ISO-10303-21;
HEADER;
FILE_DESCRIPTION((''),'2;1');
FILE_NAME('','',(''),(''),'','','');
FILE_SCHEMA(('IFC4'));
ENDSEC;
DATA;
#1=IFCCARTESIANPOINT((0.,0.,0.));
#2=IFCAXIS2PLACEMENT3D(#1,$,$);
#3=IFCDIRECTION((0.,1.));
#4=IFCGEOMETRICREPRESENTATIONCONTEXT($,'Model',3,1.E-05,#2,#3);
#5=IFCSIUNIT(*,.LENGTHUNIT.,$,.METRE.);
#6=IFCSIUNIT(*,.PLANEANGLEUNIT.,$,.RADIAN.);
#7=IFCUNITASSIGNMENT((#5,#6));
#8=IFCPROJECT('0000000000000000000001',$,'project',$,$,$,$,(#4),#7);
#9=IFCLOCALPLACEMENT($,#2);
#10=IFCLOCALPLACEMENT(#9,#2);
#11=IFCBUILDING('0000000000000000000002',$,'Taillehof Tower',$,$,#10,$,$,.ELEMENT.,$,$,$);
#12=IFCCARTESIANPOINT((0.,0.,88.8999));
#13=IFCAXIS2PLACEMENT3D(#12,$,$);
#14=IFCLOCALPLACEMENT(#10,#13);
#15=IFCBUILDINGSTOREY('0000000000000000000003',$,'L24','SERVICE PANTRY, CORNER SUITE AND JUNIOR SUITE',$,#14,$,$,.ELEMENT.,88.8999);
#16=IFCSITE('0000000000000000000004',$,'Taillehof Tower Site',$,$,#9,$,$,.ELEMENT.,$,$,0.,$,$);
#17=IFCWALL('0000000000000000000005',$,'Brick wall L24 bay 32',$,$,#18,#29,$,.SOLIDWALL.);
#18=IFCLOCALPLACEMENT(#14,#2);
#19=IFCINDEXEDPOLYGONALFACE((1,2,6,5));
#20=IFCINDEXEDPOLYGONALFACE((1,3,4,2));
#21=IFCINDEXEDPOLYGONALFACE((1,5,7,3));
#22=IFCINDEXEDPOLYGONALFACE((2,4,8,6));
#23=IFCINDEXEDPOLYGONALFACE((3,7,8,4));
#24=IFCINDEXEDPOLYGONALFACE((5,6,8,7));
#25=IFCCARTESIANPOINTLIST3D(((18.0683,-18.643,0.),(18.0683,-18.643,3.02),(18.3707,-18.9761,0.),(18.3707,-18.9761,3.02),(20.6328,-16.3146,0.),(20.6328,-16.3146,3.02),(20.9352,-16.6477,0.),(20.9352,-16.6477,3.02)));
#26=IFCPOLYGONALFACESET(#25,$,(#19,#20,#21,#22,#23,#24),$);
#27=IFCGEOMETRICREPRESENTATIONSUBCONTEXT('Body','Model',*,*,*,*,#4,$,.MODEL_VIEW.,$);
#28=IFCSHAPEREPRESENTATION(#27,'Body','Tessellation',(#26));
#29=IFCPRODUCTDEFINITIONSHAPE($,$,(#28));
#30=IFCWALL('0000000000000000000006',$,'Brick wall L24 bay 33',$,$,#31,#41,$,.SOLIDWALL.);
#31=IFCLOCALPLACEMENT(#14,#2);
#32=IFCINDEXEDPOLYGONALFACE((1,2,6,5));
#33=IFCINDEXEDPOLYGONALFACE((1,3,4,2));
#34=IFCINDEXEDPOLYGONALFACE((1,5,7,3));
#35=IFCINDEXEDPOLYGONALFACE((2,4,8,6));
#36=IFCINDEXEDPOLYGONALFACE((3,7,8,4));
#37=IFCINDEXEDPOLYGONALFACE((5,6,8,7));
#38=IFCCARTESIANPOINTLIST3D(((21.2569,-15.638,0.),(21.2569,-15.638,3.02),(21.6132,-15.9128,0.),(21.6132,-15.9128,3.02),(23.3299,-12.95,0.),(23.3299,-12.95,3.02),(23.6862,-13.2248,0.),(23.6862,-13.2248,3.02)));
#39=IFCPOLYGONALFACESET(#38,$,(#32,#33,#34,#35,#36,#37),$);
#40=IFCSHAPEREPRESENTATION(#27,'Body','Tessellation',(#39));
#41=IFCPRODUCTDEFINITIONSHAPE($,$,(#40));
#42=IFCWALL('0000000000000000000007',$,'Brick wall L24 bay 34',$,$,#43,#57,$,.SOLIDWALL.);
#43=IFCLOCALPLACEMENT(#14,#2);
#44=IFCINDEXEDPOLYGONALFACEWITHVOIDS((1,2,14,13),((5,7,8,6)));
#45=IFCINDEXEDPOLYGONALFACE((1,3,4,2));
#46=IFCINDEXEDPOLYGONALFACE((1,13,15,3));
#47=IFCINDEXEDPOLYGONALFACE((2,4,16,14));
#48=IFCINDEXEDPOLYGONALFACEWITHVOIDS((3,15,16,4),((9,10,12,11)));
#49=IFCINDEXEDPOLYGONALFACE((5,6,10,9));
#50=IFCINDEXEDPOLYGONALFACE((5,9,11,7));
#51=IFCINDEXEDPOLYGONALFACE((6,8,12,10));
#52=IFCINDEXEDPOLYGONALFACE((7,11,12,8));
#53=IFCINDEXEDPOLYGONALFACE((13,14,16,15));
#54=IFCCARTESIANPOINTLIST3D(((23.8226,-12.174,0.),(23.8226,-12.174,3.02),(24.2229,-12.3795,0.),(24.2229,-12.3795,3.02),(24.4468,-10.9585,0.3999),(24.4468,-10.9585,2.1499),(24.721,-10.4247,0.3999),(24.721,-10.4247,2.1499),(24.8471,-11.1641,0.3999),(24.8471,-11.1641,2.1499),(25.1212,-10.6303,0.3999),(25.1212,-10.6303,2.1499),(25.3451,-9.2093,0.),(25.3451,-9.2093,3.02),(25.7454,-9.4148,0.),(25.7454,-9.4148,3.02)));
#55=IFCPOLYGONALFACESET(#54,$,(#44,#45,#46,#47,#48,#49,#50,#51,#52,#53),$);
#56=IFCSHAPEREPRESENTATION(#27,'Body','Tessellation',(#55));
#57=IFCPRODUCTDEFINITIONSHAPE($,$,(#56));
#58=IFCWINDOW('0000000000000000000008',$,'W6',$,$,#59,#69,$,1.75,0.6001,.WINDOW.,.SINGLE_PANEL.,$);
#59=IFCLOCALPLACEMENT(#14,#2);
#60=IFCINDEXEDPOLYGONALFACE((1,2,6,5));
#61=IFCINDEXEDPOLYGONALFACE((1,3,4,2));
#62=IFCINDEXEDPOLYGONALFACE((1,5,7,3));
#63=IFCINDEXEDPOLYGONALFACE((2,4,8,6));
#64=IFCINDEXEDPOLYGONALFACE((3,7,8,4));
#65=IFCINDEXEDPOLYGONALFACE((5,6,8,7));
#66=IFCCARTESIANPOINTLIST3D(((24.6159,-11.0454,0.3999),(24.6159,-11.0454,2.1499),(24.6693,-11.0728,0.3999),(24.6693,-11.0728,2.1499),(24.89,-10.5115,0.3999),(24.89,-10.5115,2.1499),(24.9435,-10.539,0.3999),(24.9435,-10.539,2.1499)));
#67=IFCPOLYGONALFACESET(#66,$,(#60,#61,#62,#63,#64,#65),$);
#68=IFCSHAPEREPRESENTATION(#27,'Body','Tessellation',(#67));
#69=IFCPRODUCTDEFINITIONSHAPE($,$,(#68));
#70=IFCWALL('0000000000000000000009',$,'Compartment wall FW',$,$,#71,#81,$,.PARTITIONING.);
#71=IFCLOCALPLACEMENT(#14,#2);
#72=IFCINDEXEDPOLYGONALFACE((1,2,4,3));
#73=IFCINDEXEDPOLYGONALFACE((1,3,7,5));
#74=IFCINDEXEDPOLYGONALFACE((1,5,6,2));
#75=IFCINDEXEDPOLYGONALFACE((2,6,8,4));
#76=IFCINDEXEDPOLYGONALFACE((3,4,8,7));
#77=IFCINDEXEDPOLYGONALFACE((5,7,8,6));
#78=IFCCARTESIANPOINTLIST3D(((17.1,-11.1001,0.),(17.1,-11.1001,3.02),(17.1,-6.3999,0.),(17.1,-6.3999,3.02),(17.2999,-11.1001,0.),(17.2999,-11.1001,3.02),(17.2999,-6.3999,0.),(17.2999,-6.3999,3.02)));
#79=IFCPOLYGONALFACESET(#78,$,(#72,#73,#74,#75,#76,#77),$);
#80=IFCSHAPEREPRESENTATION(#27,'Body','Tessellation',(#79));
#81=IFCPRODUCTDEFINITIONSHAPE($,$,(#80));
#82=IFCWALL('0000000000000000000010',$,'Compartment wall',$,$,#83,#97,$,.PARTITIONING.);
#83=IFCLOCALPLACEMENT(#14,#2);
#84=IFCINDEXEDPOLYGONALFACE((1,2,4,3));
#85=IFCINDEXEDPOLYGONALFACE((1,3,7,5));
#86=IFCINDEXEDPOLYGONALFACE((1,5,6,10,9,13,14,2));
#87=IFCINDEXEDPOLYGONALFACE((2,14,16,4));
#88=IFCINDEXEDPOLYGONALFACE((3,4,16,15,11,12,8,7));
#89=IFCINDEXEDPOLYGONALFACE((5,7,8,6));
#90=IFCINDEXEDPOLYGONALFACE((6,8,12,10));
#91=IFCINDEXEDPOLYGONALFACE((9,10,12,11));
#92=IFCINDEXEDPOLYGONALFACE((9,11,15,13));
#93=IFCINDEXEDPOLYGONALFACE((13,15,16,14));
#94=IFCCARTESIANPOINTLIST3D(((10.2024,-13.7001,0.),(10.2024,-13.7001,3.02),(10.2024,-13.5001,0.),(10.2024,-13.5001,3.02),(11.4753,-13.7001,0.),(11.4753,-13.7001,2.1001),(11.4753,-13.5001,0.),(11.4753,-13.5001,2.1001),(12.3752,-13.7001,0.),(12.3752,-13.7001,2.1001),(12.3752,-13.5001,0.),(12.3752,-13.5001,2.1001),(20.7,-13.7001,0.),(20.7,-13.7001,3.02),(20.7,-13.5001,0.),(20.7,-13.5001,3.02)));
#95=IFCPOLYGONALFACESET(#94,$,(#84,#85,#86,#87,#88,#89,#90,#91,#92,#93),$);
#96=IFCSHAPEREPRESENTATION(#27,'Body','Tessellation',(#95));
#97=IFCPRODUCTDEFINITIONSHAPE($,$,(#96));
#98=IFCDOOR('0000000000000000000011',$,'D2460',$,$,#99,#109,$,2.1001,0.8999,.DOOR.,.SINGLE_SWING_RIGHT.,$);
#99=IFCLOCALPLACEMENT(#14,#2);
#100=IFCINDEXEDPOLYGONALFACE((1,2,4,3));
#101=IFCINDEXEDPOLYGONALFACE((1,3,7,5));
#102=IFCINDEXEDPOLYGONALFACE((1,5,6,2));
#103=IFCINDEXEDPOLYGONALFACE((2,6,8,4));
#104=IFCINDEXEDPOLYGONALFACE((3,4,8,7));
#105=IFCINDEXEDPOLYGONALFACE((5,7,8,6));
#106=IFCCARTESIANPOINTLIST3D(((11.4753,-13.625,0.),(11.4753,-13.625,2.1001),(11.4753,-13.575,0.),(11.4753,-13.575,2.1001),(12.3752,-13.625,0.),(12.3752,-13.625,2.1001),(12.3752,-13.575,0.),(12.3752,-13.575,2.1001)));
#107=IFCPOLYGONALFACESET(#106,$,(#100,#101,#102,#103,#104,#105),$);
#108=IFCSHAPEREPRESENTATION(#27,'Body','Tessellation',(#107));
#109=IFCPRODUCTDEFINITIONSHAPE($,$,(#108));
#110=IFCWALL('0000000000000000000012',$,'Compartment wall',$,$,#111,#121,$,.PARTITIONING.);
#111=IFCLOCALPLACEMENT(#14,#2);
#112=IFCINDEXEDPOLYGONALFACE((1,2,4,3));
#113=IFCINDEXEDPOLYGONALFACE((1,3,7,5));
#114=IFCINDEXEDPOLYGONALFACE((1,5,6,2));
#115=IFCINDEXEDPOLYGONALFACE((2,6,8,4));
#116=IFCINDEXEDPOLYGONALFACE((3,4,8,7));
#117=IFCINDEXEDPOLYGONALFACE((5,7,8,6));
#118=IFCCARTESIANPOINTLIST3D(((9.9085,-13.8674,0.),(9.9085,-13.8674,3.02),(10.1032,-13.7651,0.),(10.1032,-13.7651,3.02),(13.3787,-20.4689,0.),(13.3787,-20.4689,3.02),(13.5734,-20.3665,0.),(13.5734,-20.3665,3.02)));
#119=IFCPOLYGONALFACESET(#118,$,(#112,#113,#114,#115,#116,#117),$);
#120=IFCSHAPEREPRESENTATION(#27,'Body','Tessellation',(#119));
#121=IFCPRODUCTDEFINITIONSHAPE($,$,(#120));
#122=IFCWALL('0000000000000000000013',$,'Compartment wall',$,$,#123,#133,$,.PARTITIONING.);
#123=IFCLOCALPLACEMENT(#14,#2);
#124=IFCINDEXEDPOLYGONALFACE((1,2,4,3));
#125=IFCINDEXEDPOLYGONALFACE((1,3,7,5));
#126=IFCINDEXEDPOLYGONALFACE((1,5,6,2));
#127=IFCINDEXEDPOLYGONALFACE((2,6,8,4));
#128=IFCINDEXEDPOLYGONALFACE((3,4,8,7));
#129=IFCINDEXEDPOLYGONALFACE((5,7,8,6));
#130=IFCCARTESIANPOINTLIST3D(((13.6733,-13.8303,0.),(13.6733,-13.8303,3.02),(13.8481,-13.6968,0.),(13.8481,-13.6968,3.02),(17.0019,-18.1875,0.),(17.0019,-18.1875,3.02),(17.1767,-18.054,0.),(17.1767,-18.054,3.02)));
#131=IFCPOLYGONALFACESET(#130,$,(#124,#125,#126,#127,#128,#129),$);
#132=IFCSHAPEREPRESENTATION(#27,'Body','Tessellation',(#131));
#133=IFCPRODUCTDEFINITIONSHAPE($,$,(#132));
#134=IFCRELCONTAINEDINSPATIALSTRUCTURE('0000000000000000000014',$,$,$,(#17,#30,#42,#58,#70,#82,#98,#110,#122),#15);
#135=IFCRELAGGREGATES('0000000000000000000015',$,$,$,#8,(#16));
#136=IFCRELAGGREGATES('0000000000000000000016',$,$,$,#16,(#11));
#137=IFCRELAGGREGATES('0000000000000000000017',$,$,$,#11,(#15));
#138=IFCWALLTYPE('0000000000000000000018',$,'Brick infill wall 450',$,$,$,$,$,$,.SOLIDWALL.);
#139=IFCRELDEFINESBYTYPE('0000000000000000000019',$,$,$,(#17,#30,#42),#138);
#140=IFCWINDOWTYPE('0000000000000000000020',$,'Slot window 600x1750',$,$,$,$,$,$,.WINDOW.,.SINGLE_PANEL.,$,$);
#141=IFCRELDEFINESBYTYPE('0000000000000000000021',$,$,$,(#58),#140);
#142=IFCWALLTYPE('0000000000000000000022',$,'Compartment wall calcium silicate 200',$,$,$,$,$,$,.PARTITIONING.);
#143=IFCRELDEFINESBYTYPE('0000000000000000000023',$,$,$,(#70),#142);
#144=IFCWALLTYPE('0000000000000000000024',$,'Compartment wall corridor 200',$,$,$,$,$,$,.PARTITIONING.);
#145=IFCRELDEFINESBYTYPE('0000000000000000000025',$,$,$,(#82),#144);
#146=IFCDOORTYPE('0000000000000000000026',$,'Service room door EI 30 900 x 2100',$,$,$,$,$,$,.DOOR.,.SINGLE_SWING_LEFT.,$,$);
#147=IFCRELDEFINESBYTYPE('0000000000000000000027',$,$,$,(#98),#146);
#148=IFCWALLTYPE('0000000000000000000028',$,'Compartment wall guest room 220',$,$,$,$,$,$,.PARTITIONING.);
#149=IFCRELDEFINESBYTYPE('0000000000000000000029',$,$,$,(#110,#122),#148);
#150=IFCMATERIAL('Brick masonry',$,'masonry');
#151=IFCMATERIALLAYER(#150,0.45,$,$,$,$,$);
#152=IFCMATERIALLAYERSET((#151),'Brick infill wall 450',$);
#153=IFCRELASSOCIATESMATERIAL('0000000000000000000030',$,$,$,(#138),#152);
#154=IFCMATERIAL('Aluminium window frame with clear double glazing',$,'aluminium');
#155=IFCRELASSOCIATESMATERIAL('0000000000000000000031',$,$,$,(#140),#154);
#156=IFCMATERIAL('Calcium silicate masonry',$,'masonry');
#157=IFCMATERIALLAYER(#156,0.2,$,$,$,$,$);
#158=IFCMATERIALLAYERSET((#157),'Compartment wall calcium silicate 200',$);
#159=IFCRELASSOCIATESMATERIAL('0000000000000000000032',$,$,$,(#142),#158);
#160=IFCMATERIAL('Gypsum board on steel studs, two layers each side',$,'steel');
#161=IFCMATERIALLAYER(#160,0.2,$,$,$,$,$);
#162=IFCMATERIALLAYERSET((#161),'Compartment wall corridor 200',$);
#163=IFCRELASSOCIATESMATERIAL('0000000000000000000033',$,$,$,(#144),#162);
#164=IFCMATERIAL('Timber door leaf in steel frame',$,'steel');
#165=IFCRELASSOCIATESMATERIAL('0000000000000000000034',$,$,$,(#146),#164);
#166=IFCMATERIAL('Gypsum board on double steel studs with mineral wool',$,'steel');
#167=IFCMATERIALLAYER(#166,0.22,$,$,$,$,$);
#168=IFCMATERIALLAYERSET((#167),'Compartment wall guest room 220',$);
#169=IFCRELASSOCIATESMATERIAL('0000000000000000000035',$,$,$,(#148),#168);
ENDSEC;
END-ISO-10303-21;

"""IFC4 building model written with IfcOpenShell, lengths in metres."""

from ifc_helpers import new_model, si_unit, direction, frame, frame_2d, origin, place, context, subcontext, project, spatial, rectangle, extrude, material, layer, layer_set, type_object, element, fill, save


model = new_model("IFC4")

# Units and contexts
model_context = context("Model", 3, precision=1e-05, world=origin(), true_north=direction((0.0, 1.0)))
body_context = subcontext(model_context, "Body", "Model", "MODEL_VIEW")
ifc_project = project(units=[si_unit("LENGTHUNIT", "METRE"), si_unit("PLANEANGLEUNIT", "RADIAN")], contexts=[model_context])

# Site, building, storey
site_placement = place(None, origin())
site = spatial("IfcSite", under=ifc_project, at=site_placement, Name="Taillehof Tower Site", CompositionType="ELEMENT", RefElevation=0.0)
building_placement = place(site_placement, origin())
building = spatial("IfcBuilding", under=site, at=building_placement, Name="Taillehof Tower", CompositionType="ELEMENT")
storey_placement = place(building_placement, frame((0.0, 0.0, 88.8999)))
storey = spatial("IfcBuildingStorey", under=building, at=storey_placement, Name="L24", Description="SERVICE PANTRY, CORNER SUITE AND JUNIOR SUITE", CompositionType="ELEMENT", Elevation=88.8999)

# Shared definitions
ifc_material_1 = material(Name="Brick masonry", Category="masonry")
ifc_layer_1 = layer(ifc_material_1, 0.45)
ifc_layer_set_1 = layer_set([ifc_layer_1], Name="Brick infill wall 450")
wall_type_1 = type_object("IfcWallType", Name="Brick infill wall 450", PredefinedType="SOLIDWALL", material=ifc_layer_set_1)

# Walls
wall_1_placement = place(storey_placement, frame((18.2195, -18.8096, 0.0), z_axis=(0.0, 0.0, 1.0), x_axis=(0.740364, 0.672206, 0.0)))
element("IfcWall", 1, at=wall_1_placement, inside=storey, type_object=wall_type_1, Name="Brick wall L24 bay 32", PredefinedType="SOLIDWALL", context=body_context, shape_type="SweptSolid", body=[
    extrude(rectangle(XDim=3.4639, YDim=0.45, at=frame_2d((1.7319, 0.0))), origin(), (0.0, 0.0, 1.0), 3.02),
])
wall_2_placement = place(storey_placement, frame((21.4351, -15.7754, 0.0), z_axis=(0.0, 0.0, 1.0), x_axis=(0.610694, 0.791867, 0.0)))
element("IfcWall", 2, at=wall_2_placement, inside=storey, type_object=wall_type_1, Name="Brick wall L24 bay 33", PredefinedType="SOLIDWALL", context=body_context, shape_type="SweptSolid", body=[
    extrude(rectangle(XDim=3.3945, YDim=0.45, at=frame_2d((1.6973, 0.0))), origin(), (0.0, 0.0, 1.0), 3.02),
])

# Wall, opening, window
wall_3_placement = place(storey_placement, frame((24.0227, -12.2769, 0.0), z_axis=(0.0, 0.0, 1.0), x_axis=(0.456828, 0.889555, 0.0)))
wall_3 = element("IfcWall", 3, at=wall_3_placement, inside=storey, type_object=wall_type_1, Name="Brick wall L24 bay 34", PredefinedType="SOLIDWALL", context=body_context, shape_type="SweptSolid", body=[
    extrude(rectangle(XDim=3.3328, YDim=0.45, at=frame_2d((1.6665, 0.0))), origin(), (0.0, 0.0, 1.0), 3.02),
])
opening_1_placement = place(wall_3_placement, frame((1.3665, 0.0, 0.3999)))
opening_1 = element("IfcOpeningElement", 4, at=opening_1_placement, cuts=wall_3, PredefinedType="OPENING", context=body_context, shape_type="SweptSolid", body=[
    extrude(rectangle(XDim=0.6001, YDim=1.75, at=frame_2d((0.3, 0.875))), frame((0.0, 0.2349, 0.0), z_axis=(0.0, -1.0, 0.0), x_axis=(1.0, 0.0, 0.0)), (0.0, 0.0, 1.0), 0.47),
])
ifc_material_2 = material(Name="Aluminium window frame with clear double glazing", Category="aluminium")
window_type_1 = type_object("IfcWindowType", Name="Slot window 600x1750", PartitioningType="SINGLE_PANEL", PredefinedType="WINDOW", material=ifc_material_2)
window_1_placement = place(opening_1_placement, origin())
window_1 = element("IfcWindow", 5, at=window_1_placement, inside=storey, type_object=window_type_1, Name="W6", OverallHeight=1.75, OverallWidth=0.6001, PartitioningType="SINGLE_PANEL", PredefinedType="WINDOW", context=body_context, shape_type="SweptSolid", body=[
    extrude(rectangle(XDim=0.6001, YDim=1.75, at=frame_2d((0.3, 0.875))), frame((0.0, 0.0349, 0.0), z_axis=(0.0, -1.0, 0.0), x_axis=(1.0, 0.0, 0.0)), (0.0, 0.0, 1.0), 0.0601),
])
fill(opening_1, window_1)

# Wall
ifc_material_3 = material(Name="Calcium silicate masonry", Category="masonry")
ifc_layer_2 = layer(ifc_material_3, 0.2)
ifc_layer_set_2 = layer_set([ifc_layer_2], Name="Compartment wall calcium silicate 200")
wall_type_2 = type_object("IfcWallType", Name="Compartment wall calcium silicate 200", PredefinedType="PARTITIONING", material=ifc_layer_set_2)
wall_4_placement = place(storey_placement, frame((17.2, -11.1001, 0.0), z_axis=(0.0, 0.0, 1.0), x_axis=(0.0, 1.0, 0.0)))
element("IfcWall", 6, at=wall_4_placement, inside=storey, type_object=wall_type_2, Name="Compartment wall FW", PredefinedType="PARTITIONING", context=body_context, shape_type="SweptSolid", body=[
    extrude(rectangle(XDim=4.7002, YDim=0.2, at=frame_2d((2.3501, 0.0))), origin(), (0.0, 0.0, 1.0), 3.02),
])

# Wall, opening, door
ifc_material_4 = material(Name="Gypsum board on steel studs, two layers each side", Category="steel")
ifc_layer_3 = layer(ifc_material_4, 0.2)
ifc_layer_set_3 = layer_set([ifc_layer_3], Name="Compartment wall corridor 200")
wall_type_3 = type_object("IfcWallType", Name="Compartment wall corridor 200", PredefinedType="PARTITIONING", material=ifc_layer_set_3)
wall_5_placement = place(storey_placement, frame((20.7, -13.6001, 0.0), z_axis=(0.0, 0.0, 1.0), x_axis=(-1.0, 0.0, 0.0)))
wall_5 = element("IfcWall", 7, at=wall_5_placement, inside=storey, type_object=wall_type_3, Name="Compartment wall", PredefinedType="PARTITIONING", context=body_context, shape_type="SweptSolid", body=[
    extrude(rectangle(XDim=10.4976, YDim=0.2, at=frame_2d((5.2488, 0.0))), origin(), (0.0, 0.0, 1.0), 3.02),
])
opening_2_placement = place(wall_5_placement, frame((8.3247, 0.0, 0.0)))
opening_2 = element("IfcOpeningElement", 8, at=opening_2_placement, cuts=wall_5, PredefinedType="OPENING", context=body_context, shape_type="SweptSolid", body=[
    extrude(rectangle(XDim=0.8999, YDim=2.1001, at=frame_2d((0.45, 1.05))), frame((0.0, 0.1099, 0.0), z_axis=(0.0, -1.0, 0.0), x_axis=(1.0, 0.0, 0.0)), (0.0, 0.0, 1.0), 0.22),
])
ifc_material_5 = material(Name="Timber door leaf in steel frame", Category="steel")
door_type_1 = type_object("IfcDoorType", Name="Service room door EI 30 900 x 2100", OperationType="SINGLE_SWING_LEFT", PredefinedType="DOOR", material=ifc_material_5)
door_1_placement = place(opening_2_placement, origin())
door_1 = element("IfcDoor", 9, at=door_1_placement, inside=storey, type_object=door_type_1, Name="D2460", OperationType="SINGLE_SWING_RIGHT", OverallHeight=2.1001, OverallWidth=0.8999, PredefinedType="DOOR", context=body_context, shape_type="SweptSolid", body=[
    extrude(rectangle(XDim=0.8999, YDim=2.1001, at=frame_2d((0.45, 1.05))), frame((0.0, 0.0249, 0.0), z_axis=(0.0, -1.0, 0.0), x_axis=(1.0, 0.0, 0.0)), (0.0, 0.0, 1.0), 0.05),
])
fill(opening_2, door_1)

# Walls
ifc_material_6 = material(Name="Gypsum board on double steel studs with mineral wool", Category="steel")
ifc_layer_4 = layer(ifc_material_6, 0.22)
ifc_layer_set_4 = layer_set([ifc_layer_4], Name="Compartment wall guest room 220")
wall_type_4 = type_object("IfcWallType", Name="Compartment wall guest room 220", PredefinedType="PARTITIONING", material=ifc_layer_set_4)
wall_6_placement = place(storey_placement, frame((13.4761, -20.4177, 0.0), z_axis=(0.0, 0.0, 1.0), x_axis=(-0.465296, 0.885155, 0.0)))
element("IfcWall", 10, at=wall_6_placement, inside=storey, type_object=wall_type_4, Name="Compartment wall", PredefinedType="PARTITIONING", context=body_context, shape_type="SweptSolid", body=[
    extrude(rectangle(XDim=7.458, YDim=0.22, at=frame_2d((3.729, 0.0))), origin(), (0.0, 0.0, 1.0), 3.02),
])
wall_7_placement = place(storey_placement, frame((17.0894, -18.1208, 0.0), z_axis=(0.0, 0.0, 1.0), x_axis=(-0.607065, 0.794652, 0.0)))
element("IfcWall", 11, at=wall_7_placement, inside=storey, type_object=wall_type_4, Name="Compartment wall", PredefinedType="PARTITIONING", context=body_context, shape_type="SweptSolid", body=[
    extrude(rectangle(XDim=5.4832, YDim=0.22, at=frame_2d((2.7417, 0.0))), origin(), (0.0, 0.0, 1.0), 3.02),
])

save(model, "model.ifc")
